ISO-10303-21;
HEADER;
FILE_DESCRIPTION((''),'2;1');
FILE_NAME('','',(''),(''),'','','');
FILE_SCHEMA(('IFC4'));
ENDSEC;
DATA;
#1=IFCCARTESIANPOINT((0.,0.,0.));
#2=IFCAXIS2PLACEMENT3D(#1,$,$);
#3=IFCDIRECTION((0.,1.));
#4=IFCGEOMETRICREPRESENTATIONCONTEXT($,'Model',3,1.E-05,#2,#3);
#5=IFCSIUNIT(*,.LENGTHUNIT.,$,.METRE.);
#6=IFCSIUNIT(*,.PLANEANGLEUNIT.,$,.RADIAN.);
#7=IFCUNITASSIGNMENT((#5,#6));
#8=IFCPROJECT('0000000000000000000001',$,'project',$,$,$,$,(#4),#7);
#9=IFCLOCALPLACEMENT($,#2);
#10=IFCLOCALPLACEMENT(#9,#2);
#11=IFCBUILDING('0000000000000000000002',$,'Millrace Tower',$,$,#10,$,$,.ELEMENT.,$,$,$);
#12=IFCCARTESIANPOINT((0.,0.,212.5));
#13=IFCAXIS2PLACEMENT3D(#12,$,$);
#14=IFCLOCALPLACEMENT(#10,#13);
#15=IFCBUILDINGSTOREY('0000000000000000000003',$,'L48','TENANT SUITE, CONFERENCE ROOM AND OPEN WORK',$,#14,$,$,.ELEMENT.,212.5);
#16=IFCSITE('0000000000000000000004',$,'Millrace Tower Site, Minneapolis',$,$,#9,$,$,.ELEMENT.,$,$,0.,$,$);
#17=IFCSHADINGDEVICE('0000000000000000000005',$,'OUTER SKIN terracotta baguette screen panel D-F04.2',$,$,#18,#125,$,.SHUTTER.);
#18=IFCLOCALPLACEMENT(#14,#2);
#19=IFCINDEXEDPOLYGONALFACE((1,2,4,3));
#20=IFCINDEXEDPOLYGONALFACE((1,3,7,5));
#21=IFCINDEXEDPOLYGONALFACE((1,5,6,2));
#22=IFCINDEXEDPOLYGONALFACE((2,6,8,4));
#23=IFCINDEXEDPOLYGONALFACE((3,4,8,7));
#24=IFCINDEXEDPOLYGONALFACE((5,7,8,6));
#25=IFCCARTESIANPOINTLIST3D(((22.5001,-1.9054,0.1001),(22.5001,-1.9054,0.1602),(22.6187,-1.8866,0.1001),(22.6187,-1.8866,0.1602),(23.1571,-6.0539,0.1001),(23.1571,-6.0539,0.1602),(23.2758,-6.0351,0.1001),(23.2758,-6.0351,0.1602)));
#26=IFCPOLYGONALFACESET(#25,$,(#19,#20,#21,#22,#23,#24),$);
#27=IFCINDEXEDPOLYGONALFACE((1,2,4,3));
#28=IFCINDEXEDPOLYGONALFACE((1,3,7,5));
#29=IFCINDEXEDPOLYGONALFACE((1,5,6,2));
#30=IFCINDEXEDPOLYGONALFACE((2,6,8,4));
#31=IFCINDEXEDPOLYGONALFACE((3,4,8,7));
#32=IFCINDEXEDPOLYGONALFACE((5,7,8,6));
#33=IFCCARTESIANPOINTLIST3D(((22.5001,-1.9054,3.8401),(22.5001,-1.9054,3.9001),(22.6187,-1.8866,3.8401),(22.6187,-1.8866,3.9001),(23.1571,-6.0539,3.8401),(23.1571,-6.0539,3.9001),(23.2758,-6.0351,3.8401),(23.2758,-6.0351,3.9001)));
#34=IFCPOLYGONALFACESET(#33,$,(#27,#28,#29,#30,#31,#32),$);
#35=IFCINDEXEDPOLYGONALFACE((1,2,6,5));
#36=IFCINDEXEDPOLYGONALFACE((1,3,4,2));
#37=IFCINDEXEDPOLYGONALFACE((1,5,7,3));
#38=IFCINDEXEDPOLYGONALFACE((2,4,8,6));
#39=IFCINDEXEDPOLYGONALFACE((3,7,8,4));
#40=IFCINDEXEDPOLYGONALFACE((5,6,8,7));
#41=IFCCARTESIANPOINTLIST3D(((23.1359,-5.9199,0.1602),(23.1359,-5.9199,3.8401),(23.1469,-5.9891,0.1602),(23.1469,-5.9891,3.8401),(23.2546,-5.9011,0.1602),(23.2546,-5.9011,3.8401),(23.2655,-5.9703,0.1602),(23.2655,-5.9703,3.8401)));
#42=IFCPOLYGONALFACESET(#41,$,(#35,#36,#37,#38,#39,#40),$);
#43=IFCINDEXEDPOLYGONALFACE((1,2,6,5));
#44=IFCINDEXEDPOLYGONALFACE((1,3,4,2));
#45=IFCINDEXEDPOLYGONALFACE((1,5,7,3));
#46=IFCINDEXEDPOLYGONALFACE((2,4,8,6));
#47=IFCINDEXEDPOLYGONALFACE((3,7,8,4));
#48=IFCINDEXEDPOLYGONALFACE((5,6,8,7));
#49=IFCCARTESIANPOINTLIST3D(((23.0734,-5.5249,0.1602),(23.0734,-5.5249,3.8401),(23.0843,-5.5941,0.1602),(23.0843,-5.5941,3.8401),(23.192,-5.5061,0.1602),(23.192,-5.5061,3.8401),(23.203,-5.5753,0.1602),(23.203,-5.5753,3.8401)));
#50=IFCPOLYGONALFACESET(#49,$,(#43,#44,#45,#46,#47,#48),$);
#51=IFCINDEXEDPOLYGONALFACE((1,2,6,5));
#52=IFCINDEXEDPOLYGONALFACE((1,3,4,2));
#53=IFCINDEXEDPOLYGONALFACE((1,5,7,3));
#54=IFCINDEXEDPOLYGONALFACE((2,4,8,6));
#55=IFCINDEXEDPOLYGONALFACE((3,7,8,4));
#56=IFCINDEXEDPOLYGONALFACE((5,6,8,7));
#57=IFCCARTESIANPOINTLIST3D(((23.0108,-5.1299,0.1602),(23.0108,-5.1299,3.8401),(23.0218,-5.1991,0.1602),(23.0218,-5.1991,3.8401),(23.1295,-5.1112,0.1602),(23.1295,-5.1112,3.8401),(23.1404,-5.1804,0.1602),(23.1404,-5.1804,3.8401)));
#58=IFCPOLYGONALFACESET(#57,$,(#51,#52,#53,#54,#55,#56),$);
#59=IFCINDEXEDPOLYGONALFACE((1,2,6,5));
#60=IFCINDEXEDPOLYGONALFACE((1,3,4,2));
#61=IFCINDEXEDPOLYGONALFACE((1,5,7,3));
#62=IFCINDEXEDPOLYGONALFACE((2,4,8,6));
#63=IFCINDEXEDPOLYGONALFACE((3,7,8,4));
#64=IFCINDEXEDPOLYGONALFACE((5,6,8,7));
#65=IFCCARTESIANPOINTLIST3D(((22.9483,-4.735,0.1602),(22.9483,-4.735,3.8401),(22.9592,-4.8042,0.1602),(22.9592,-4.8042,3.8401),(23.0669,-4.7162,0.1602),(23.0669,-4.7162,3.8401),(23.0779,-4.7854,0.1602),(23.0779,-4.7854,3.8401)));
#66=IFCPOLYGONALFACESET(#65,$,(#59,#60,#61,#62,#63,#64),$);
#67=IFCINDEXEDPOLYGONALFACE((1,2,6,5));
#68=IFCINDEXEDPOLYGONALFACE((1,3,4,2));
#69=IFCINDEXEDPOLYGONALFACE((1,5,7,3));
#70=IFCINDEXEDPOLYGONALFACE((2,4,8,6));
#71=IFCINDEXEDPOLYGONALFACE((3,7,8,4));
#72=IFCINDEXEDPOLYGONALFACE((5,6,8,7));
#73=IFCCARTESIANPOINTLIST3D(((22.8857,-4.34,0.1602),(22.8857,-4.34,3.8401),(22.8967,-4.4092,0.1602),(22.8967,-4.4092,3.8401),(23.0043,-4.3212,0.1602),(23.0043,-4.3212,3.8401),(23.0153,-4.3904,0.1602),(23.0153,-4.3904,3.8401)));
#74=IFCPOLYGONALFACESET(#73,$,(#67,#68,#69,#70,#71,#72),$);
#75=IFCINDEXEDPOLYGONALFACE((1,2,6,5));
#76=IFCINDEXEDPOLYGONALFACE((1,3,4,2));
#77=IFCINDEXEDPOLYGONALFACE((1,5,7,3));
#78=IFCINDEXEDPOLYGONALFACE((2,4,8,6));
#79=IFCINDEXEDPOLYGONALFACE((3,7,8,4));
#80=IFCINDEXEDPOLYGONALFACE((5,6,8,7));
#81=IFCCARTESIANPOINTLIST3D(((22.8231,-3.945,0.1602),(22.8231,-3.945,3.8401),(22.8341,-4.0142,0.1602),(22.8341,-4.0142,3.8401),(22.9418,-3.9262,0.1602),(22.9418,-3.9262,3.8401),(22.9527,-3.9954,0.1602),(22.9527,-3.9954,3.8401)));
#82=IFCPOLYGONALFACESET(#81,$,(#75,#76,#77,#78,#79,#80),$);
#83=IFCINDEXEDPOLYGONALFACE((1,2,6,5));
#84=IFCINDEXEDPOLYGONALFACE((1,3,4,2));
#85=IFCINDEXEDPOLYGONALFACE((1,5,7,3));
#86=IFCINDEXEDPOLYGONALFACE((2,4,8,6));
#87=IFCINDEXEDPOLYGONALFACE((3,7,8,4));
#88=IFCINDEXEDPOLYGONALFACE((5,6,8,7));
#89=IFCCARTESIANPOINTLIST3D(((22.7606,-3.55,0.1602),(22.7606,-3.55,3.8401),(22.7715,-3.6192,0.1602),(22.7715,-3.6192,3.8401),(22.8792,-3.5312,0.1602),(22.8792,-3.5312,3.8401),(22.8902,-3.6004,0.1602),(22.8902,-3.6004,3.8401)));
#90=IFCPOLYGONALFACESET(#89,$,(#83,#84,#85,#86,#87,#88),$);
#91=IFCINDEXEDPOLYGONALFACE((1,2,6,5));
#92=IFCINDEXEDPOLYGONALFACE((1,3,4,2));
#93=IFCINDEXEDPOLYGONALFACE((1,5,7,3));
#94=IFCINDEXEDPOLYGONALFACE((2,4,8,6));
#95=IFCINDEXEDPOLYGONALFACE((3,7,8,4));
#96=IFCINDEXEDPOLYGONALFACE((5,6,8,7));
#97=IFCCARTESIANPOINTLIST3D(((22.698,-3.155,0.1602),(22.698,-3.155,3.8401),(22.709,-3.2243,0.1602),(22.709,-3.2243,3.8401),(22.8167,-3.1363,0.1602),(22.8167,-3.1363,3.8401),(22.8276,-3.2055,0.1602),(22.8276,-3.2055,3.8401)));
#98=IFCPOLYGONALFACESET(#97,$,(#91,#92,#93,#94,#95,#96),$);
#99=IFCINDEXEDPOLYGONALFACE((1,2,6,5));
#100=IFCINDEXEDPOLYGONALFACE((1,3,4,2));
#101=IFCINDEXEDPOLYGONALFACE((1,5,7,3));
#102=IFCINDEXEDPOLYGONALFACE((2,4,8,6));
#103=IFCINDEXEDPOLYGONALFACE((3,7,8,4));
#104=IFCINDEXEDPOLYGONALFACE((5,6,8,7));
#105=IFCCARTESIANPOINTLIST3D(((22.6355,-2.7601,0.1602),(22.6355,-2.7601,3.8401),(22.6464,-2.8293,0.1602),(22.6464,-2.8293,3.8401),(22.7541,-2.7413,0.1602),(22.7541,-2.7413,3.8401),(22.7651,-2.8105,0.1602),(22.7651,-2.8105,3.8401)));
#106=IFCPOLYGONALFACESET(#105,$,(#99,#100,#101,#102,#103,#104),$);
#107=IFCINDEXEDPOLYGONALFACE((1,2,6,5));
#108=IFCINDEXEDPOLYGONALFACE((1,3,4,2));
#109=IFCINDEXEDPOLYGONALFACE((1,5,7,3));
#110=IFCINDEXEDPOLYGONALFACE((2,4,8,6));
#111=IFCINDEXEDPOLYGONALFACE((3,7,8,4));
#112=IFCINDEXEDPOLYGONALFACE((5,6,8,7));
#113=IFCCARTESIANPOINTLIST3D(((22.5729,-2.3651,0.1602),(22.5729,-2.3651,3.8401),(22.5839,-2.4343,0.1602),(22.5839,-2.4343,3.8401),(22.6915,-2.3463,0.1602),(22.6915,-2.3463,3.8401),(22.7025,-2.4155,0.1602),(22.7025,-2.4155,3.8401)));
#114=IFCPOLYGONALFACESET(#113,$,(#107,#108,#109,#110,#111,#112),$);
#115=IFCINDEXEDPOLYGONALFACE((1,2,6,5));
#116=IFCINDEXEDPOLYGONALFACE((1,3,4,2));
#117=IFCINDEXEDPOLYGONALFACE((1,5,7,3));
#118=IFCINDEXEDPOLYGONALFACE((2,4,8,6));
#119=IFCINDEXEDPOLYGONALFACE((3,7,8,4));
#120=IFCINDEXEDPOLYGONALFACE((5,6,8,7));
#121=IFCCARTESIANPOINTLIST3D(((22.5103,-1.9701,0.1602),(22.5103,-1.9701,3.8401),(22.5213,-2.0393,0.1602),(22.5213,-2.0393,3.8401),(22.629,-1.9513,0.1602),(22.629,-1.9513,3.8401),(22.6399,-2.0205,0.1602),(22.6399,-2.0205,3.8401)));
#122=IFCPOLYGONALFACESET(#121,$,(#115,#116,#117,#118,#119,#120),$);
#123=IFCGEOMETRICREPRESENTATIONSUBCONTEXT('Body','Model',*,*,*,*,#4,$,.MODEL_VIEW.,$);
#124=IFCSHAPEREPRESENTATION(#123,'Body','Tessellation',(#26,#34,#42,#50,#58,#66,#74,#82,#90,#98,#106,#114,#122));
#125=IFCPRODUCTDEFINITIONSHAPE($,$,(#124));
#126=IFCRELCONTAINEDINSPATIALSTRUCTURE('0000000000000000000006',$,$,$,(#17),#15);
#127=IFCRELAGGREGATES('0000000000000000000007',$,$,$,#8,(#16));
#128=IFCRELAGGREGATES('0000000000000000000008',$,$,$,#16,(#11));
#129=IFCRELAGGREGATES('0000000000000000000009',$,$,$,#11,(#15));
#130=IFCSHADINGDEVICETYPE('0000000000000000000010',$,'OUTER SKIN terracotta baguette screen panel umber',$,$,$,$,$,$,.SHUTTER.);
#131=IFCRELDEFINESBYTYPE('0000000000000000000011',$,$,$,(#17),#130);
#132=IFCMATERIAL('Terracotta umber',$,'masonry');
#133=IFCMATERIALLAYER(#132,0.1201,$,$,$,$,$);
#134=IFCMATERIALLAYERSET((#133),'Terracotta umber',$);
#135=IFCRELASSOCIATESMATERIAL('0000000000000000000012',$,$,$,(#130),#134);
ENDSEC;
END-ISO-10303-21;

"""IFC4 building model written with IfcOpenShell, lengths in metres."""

from ifc_helpers import new_model, entity, si_unit, direction, frame, frame_2d, origin, origin_2d, place, context, subcontext, project, spatial, rectangle, extrude, source, transform, mapped, material, layer, layer_set, type_object, element, save


model = new_model("IFC4")

# Units and contexts
model_context = context("Model", 3, precision=1e-05, world=origin(), true_north=direction((0.0, 1.0)))
body_context = subcontext(model_context, "Body", "Model", "MODEL_VIEW")
ifc_project = project(units=[si_unit("LENGTHUNIT", "METRE"), si_unit("PLANEANGLEUNIT", "RADIAN")], contexts=[model_context])

# Site, building, storey
site_placement = place(None, origin())
site = spatial("IfcSite", under=ifc_project, at=site_placement, Name="Millrace Tower Site, Minneapolis", CompositionType="ELEMENT", RefElevation=0.0)
building_placement = place(site_placement, origin())
building = spatial("IfcBuilding", under=site, at=building_placement, Name="Millrace Tower", CompositionType="ELEMENT")
storey_placement = place(building_placement, frame((0.0, 0.0, 212.5)))
storey = spatial("IfcBuildingStorey", under=building, at=storey_placement, Name="L48", Description="TENANT SUITE, CONFERENCE ROOM AND OPEN WORK", CompositionType="ELEMENT", Elevation=212.5)

# Shading device
ifc_material_1 = material(Name="Terracotta umber", Category="masonry")
ifc_layer_1 = layer(ifc_material_1, 0.1201)
ifc_layer_set_1 = layer_set([ifc_layer_1], Name="Terracotta umber")
shading_device_type = type_object("IfcShadingDeviceType", Name="OUTER SKIN terracotta baguette screen panel umber", PredefinedType="SHUTTER", material=ifc_layer_set_1)
cartesian_point_1 = entity("IfcCartesianPoint", [-2.1001, 0.0601])
shared_polyline_1 = entity("IfcPolyline", [cartesian_point_1, entity("IfcCartesianPoint", [2.1001, 0.0601]), entity("IfcCartesianPoint", [2.1001, -0.0601]), entity("IfcCartesianPoint", [-2.1001, -0.0601]), cartesian_point_1])
shared_shape_1 = source(origin(), body_context, "Body", "SweptSolid", [
    entity("IfcExtrudedAreaSolid", entity("IfcArbitraryClosedProfileDef", "AREA", None, shared_polyline_1), entity("IfcAxis2Placement3D", entity("IfcCartesianPoint", [0.0, 0.0, 0.0])), entity("IfcDirection", [0.0, 0.0, 1.0]), 0.0601),
    entity("IfcExtrudedAreaSolid", entity("IfcArbitraryClosedProfileDef", "AREA", None, shared_polyline_1), entity("IfcAxis2Placement3D", entity("IfcCartesianPoint", [0.0, 0.0, 3.74])), entity("IfcDirection", [0.0, 0.0, 1.0]), 0.0601),
    extrude(rectangle(XDim=0.0701, YDim=0.1201, at=frame_2d((-1.9995, 0.0))), frame((0.0, 0.0, 0.0601)), (0.0, 0.0, 1.0), 3.6799),
    extrude(rectangle(XDim=0.0701, YDim=0.1201, at=frame_2d((-1.5996, 0.0))), frame((0.0, 0.0, 0.0601)), (0.0, 0.0, 1.0), 3.6799),
    extrude(rectangle(XDim=0.0701, YDim=0.1201, at=frame_2d((-1.1997, 0.0))), frame((0.0, 0.0, 0.0601)), (0.0, 0.0, 1.0), 3.6799),
    extrude(rectangle(XDim=0.0701, YDim=0.1201, at=frame_2d((-0.7998, 0.0))), frame((0.0, 0.0, 0.0601)), (0.0, 0.0, 1.0), 3.6799),
    extrude(rectangle(XDim=0.0701, YDim=0.1201, at=frame_2d((-0.3999, 0.0))), frame((0.0, 0.0, 0.0601)), (0.0, 0.0, 1.0), 3.6799),
    extrude(rectangle(XDim=0.0701, YDim=0.1201, at=origin_2d()), frame((0.0, 0.0, 0.0601)), (0.0, 0.0, 1.0), 3.6799),
    extrude(rectangle(XDim=0.0701, YDim=0.1201, at=frame_2d((0.3999, 0.0))), frame((0.0, 0.0, 0.0601)), (0.0, 0.0, 1.0), 3.6799),
    extrude(rectangle(XDim=0.0701, YDim=0.1201, at=frame_2d((0.7998, 0.0))), frame((0.0, 0.0, 0.0601)), (0.0, 0.0, 1.0), 3.6799),
    extrude(rectangle(XDim=0.0701, YDim=0.1201, at=frame_2d((1.1997, 0.0))), frame((0.0, 0.0, 0.0601)), (0.0, 0.0, 1.0), 3.6799),
    extrude(rectangle(XDim=0.0701, YDim=0.1201, at=frame_2d((1.5996, 0.0))), frame((0.0, 0.0, 0.0601)), (0.0, 0.0, 1.0), 3.6799),
    extrude(rectangle(XDim=0.0701, YDim=0.1201, at=frame_2d((1.9995, 0.0))), frame((0.0, 0.0, 0.0601)), (0.0, 0.0, 1.0), 3.6799),
])
shading_device_1_placement = place(storey_placement, frame((22.8879, -3.9702, 0.1001), z_axis=(0.0, 0.0, 1.0), x_axis=(-0.156434, 0.987688, 0.0)))
element("IfcShadingDevice", 1, at=shading_device_1_placement, inside=storey, type_object=shading_device_type, Name="OUTER SKIN terracotta baguette screen panel D-F04.2", PredefinedType="SHUTTER", context=body_context, shape_type="MappedRepresentation", body=[
    mapped(shared_shape_1, transform((0.0, 0.0, 0.0), scale=1.0)),
])

save(model, "model.ifc")
